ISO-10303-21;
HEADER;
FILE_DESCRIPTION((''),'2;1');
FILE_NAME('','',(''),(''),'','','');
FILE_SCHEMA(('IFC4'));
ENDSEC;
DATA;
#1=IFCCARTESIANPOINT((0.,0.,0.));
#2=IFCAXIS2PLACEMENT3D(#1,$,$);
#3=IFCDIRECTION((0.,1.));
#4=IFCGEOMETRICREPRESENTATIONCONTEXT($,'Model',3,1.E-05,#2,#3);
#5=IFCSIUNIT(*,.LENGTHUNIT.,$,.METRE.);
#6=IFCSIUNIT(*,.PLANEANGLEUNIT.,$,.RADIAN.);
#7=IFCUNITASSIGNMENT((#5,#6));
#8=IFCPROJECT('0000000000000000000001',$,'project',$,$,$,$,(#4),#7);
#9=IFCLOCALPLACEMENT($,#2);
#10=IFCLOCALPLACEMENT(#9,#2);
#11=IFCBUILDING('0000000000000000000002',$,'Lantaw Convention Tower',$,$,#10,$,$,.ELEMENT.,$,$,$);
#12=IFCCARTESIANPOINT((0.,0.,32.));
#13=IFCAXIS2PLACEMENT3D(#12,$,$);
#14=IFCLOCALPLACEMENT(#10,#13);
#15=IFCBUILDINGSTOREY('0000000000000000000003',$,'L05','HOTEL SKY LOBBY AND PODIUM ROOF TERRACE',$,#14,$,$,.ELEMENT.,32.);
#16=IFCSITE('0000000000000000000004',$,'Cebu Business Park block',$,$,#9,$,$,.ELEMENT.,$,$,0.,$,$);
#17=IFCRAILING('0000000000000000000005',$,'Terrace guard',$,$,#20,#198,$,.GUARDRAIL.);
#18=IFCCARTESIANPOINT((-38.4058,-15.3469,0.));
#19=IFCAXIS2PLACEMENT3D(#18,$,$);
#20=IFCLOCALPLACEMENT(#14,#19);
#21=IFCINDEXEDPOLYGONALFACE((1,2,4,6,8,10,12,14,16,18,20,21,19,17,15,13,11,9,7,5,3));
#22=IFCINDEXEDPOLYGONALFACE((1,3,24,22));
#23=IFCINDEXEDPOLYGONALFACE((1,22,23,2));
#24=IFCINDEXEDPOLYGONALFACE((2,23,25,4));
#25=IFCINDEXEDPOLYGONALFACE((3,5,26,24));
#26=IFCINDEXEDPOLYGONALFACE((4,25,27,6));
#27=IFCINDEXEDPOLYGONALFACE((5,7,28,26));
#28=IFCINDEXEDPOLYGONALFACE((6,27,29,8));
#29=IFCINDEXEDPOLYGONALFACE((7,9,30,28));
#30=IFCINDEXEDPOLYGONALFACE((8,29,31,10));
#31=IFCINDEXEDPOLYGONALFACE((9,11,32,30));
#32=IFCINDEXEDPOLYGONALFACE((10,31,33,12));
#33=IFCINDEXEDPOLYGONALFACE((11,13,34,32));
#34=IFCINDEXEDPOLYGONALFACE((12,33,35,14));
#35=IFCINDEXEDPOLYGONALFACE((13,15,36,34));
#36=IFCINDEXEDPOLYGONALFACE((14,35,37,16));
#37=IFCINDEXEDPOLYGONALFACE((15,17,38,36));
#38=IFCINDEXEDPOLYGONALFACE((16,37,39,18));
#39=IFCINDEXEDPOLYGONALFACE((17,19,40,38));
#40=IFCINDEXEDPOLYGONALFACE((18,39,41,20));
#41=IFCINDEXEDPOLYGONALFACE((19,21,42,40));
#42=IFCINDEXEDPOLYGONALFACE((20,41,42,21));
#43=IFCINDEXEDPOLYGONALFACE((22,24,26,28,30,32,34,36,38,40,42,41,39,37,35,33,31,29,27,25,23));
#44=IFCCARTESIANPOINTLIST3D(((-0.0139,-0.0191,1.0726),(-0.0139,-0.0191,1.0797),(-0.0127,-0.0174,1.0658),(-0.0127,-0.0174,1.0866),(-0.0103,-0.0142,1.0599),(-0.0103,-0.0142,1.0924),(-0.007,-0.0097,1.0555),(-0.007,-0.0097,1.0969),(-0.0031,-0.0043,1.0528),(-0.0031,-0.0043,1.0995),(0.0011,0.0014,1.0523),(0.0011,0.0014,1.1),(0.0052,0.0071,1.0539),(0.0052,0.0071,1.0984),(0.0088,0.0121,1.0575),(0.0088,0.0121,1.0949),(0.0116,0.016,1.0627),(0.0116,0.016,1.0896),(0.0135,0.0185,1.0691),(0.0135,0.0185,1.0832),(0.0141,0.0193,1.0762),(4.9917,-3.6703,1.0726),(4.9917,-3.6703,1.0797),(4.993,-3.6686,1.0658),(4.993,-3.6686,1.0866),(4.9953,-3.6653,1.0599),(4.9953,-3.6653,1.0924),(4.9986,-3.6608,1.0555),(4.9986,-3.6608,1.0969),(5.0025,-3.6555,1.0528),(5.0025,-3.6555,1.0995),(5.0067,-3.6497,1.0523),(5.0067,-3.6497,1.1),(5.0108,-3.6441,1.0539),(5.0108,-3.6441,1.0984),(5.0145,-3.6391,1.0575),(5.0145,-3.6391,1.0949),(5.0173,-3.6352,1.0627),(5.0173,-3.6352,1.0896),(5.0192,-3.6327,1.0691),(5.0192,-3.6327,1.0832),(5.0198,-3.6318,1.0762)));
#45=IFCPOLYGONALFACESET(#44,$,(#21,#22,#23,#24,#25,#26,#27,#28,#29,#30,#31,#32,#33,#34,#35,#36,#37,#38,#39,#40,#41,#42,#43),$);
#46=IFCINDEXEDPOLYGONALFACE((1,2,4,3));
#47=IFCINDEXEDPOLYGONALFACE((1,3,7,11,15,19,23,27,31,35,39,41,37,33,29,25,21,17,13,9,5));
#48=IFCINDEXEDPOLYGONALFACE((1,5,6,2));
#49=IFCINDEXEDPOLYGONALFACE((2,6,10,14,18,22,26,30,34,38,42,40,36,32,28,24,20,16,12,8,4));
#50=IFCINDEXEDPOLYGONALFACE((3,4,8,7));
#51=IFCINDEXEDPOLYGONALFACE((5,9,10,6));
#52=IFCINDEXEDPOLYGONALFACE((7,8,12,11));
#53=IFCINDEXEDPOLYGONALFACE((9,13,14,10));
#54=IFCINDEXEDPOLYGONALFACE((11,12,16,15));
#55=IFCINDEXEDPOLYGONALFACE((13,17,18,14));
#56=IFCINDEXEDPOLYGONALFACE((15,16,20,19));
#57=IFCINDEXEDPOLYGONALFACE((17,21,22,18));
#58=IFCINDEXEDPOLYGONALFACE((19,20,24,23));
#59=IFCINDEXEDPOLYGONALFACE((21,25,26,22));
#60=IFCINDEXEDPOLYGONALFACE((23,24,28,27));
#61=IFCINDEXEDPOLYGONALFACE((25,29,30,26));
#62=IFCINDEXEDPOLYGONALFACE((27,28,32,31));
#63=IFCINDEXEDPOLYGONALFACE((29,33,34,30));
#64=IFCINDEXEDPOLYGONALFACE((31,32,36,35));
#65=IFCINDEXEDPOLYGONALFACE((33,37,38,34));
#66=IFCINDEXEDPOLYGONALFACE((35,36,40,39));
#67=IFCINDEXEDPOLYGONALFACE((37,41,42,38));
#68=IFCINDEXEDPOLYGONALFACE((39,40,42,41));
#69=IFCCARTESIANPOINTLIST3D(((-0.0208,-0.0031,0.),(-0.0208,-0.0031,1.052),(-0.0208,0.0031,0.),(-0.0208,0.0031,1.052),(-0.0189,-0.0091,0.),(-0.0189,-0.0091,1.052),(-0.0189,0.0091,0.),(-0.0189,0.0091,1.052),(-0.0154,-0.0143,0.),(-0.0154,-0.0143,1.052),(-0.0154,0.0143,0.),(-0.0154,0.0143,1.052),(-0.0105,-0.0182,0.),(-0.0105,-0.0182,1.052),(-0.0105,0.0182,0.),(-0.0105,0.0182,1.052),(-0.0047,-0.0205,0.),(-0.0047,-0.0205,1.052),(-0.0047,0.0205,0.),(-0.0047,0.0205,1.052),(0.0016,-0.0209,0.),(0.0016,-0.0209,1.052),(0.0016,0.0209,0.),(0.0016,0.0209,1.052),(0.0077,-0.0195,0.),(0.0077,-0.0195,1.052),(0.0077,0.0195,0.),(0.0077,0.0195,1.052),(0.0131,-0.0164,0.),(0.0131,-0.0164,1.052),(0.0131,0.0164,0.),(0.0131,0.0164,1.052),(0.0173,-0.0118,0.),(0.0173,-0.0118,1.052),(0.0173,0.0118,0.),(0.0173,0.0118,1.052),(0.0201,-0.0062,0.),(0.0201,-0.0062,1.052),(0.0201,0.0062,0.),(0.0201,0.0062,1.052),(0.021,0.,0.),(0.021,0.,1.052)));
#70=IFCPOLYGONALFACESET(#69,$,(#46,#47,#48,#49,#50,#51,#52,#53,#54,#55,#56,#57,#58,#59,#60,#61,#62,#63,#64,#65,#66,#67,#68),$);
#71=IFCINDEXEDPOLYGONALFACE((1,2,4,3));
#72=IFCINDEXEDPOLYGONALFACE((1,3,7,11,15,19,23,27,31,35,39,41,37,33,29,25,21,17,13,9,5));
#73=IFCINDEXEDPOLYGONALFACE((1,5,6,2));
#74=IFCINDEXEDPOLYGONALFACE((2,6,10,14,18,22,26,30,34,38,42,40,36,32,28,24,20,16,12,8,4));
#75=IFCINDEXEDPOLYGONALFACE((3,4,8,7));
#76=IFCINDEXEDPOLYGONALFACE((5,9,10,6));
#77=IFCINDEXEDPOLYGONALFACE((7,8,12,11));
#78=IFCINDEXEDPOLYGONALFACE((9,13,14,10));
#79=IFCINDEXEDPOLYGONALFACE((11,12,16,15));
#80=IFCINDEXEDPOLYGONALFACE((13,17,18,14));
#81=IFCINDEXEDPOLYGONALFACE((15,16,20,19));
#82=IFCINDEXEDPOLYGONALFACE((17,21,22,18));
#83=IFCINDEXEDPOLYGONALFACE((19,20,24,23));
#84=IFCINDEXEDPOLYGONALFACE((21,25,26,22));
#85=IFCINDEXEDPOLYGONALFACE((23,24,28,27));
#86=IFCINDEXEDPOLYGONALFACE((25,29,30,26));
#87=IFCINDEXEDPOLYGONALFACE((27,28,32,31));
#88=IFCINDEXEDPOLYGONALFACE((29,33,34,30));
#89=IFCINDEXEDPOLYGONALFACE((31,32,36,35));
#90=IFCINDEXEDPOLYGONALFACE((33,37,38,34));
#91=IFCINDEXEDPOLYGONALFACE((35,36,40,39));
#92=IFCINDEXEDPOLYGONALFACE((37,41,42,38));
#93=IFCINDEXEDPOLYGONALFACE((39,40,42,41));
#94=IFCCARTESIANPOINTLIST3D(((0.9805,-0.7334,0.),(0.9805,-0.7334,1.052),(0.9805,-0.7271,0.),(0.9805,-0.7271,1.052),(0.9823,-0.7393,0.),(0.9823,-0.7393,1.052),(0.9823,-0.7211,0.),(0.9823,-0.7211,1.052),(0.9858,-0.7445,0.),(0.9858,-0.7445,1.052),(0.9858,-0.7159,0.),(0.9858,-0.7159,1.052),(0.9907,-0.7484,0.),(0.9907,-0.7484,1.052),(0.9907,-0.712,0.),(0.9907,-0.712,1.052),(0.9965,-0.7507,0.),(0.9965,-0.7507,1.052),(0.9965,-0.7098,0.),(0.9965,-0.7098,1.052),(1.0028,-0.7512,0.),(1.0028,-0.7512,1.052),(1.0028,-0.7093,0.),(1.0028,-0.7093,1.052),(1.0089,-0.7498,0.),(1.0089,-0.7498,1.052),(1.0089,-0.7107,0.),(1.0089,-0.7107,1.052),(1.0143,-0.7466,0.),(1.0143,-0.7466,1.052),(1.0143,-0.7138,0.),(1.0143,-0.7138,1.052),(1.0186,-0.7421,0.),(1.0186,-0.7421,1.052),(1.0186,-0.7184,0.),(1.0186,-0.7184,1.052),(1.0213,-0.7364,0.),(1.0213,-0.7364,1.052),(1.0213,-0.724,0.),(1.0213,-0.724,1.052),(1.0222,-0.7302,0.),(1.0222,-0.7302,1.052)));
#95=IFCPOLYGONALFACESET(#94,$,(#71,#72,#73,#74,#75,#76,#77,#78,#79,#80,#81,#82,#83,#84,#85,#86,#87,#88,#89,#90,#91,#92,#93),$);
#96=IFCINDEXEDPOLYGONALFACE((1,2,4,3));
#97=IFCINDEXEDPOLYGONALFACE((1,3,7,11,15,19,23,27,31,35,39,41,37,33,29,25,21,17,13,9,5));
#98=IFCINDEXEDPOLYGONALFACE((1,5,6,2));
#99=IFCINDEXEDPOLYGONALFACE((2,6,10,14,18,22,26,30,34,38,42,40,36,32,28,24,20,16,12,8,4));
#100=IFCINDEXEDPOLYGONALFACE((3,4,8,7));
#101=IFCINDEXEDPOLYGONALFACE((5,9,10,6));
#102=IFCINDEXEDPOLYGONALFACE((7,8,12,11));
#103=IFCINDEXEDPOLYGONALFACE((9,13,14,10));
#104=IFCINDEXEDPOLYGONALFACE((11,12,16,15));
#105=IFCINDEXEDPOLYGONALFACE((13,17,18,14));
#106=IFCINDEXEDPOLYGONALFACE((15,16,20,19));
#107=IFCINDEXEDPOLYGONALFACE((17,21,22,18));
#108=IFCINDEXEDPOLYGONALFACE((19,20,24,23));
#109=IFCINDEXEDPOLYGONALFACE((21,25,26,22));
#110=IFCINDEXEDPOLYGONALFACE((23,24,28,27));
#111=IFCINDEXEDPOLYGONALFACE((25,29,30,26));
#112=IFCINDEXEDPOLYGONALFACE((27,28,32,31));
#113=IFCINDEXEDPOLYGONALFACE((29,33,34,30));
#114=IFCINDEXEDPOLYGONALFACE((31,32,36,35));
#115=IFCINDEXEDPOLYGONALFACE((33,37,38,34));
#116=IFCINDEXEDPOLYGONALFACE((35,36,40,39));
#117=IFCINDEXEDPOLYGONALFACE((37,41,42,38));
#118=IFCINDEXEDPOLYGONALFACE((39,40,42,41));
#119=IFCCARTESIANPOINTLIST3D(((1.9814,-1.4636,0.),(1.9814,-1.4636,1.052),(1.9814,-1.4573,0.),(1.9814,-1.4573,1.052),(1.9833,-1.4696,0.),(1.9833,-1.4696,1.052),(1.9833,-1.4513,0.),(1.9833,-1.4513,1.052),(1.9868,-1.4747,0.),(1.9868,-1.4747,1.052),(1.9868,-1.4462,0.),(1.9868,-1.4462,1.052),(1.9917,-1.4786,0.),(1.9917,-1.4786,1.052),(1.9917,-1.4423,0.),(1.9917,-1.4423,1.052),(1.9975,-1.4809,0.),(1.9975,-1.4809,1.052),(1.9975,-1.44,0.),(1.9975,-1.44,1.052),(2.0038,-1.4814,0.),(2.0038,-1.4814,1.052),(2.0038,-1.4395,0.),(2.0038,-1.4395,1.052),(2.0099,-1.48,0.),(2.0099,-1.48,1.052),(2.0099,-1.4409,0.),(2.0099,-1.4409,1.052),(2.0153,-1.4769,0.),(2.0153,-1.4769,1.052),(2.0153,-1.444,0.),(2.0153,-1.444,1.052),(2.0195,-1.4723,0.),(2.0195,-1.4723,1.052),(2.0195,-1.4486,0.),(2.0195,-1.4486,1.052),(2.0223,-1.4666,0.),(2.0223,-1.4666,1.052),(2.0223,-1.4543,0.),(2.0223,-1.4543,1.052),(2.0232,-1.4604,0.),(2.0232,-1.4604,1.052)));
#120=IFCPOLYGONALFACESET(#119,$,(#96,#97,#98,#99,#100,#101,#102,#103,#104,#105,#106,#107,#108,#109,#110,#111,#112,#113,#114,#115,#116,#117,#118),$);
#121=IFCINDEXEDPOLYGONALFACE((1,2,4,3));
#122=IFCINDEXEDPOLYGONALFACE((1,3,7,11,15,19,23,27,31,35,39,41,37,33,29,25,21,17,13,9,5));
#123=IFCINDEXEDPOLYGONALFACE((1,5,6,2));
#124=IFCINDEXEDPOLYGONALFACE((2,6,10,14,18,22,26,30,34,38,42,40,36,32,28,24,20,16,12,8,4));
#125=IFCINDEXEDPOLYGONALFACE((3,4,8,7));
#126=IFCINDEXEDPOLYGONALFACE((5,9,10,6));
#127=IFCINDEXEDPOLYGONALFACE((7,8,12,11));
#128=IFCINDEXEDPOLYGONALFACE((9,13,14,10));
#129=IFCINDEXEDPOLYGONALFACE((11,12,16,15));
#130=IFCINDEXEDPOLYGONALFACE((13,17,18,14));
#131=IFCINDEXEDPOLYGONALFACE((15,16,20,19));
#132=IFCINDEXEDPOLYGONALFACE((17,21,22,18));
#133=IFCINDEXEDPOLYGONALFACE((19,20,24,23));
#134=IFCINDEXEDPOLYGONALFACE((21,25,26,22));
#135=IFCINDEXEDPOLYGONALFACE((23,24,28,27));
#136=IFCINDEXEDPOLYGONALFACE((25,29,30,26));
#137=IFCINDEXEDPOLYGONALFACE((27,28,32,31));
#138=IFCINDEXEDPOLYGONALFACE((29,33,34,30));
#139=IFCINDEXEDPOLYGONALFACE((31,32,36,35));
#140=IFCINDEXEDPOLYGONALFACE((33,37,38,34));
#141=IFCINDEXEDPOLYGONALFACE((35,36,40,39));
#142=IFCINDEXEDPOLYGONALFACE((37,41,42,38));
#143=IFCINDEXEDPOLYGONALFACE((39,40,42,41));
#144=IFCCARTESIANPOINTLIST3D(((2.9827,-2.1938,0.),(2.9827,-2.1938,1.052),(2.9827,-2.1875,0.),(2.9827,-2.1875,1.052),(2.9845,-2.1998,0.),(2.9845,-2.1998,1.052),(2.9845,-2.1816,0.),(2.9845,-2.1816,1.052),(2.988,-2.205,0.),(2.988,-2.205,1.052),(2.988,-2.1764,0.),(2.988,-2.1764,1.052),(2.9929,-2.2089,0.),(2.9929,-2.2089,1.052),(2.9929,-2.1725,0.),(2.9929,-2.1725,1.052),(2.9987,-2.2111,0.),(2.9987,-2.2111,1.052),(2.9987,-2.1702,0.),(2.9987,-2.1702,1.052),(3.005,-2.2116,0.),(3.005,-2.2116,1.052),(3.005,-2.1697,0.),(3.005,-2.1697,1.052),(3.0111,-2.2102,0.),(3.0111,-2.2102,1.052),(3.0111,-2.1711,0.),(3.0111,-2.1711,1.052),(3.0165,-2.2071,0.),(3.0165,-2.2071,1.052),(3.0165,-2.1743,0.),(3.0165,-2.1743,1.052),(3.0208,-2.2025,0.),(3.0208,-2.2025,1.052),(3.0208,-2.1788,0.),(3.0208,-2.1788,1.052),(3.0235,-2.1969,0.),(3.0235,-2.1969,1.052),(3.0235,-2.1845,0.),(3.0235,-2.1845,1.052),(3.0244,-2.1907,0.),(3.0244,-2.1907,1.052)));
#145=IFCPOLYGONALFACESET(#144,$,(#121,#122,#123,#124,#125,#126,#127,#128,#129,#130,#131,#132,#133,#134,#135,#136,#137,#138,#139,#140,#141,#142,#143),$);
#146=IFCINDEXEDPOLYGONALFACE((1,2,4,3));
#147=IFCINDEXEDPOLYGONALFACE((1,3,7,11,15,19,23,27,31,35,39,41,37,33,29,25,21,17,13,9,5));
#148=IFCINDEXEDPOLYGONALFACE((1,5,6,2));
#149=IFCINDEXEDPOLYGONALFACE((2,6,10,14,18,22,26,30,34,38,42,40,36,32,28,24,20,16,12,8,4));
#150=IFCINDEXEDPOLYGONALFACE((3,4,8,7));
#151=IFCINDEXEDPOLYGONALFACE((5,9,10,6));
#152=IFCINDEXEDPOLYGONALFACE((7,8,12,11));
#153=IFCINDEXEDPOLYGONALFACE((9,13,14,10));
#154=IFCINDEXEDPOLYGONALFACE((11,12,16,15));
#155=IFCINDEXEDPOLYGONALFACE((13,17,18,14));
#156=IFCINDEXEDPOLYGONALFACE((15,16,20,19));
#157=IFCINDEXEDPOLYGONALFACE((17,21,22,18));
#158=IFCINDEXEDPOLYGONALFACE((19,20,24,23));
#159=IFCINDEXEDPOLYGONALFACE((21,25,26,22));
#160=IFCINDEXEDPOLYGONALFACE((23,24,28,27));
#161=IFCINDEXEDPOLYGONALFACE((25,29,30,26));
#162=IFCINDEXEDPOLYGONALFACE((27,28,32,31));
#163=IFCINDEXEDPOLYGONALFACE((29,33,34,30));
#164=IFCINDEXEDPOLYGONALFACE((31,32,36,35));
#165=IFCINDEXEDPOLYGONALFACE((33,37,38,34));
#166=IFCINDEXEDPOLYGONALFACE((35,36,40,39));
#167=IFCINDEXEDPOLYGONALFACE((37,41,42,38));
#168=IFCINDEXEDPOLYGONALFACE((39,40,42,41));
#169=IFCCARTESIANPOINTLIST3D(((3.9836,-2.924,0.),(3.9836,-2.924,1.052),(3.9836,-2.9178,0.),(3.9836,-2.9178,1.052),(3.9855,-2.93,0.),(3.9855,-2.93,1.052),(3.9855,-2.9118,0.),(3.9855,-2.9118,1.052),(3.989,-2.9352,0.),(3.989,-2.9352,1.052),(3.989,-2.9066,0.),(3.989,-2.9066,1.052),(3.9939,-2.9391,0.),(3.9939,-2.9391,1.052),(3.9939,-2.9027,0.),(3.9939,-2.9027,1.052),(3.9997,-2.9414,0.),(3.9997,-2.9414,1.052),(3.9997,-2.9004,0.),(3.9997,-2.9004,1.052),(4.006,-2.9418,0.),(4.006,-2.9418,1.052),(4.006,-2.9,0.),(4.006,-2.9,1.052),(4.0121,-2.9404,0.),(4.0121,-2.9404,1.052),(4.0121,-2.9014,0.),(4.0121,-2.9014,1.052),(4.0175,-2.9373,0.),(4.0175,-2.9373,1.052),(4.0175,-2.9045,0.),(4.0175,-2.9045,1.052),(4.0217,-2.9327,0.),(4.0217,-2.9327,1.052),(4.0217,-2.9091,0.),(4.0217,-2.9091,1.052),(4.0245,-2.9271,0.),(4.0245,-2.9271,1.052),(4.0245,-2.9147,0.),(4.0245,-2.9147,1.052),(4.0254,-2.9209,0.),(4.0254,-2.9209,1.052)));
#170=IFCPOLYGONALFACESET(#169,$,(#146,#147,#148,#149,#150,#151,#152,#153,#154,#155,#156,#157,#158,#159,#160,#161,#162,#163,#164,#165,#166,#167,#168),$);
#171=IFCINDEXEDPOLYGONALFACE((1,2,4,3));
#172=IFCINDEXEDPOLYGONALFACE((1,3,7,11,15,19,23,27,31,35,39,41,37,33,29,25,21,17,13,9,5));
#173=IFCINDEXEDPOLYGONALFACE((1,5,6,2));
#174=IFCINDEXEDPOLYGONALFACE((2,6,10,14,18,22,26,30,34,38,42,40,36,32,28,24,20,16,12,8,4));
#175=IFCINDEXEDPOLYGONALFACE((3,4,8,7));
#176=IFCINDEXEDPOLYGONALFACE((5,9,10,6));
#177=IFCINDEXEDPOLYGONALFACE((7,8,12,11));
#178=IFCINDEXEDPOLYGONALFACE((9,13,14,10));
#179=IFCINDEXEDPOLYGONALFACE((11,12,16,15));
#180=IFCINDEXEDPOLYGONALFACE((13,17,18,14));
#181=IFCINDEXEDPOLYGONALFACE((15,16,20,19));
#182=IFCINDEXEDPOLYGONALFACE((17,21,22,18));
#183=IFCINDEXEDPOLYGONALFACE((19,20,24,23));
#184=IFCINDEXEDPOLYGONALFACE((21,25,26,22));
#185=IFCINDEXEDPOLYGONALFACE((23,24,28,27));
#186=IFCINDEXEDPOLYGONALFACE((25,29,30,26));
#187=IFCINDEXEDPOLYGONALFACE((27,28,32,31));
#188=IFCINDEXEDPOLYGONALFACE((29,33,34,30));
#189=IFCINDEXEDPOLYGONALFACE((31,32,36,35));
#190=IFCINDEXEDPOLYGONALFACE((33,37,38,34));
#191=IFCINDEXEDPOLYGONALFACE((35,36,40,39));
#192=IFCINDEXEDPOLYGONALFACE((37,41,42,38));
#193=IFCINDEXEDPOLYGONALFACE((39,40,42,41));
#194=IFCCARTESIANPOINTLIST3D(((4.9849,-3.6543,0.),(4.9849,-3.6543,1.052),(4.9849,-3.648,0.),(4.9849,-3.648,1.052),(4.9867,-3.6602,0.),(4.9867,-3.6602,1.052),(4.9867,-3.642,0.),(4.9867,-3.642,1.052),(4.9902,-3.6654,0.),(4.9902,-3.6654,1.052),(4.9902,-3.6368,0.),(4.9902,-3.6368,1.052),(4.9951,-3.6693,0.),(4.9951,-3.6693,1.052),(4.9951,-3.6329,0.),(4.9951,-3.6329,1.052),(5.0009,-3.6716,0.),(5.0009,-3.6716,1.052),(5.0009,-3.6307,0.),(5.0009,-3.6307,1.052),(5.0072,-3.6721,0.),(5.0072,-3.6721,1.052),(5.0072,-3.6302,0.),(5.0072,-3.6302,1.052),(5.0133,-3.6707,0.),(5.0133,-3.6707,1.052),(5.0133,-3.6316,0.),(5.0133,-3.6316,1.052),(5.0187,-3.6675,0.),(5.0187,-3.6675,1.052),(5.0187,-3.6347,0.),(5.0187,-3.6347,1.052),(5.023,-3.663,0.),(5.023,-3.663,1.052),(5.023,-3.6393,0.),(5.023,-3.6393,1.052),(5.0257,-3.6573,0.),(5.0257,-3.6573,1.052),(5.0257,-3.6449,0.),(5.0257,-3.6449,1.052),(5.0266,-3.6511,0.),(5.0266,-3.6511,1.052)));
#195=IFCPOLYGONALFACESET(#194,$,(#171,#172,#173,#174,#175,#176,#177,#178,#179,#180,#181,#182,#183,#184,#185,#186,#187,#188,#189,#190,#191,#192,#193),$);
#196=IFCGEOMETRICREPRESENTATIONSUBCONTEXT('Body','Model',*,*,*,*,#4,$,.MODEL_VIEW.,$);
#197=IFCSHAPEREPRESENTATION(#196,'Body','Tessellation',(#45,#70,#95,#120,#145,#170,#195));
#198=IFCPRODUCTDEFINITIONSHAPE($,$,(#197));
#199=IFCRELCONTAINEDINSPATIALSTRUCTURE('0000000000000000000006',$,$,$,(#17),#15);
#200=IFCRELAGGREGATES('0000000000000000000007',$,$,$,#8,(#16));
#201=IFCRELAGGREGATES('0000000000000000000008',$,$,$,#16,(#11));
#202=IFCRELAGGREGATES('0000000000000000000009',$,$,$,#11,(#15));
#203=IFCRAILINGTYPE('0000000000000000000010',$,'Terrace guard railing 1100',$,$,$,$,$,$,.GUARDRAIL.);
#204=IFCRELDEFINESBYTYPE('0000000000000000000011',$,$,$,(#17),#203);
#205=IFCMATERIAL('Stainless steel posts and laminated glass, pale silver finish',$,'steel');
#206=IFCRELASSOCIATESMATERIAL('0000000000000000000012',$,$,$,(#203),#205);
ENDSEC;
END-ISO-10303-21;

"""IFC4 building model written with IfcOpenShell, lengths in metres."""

from ifc_helpers import new_model, si_unit, direction, frame, origin, origin_2d, place, context, subcontext, project, spatial, circle, extrude, material, type_object, element, save


model = new_model("IFC4")

# Units and contexts
model_context = context("Model", 3, precision=1e-05, world=origin(), true_north=direction((0.0, 1.0)))
body_context = subcontext(model_context, "Body", "Model", "MODEL_VIEW")
ifc_project = project(units=[si_unit("LENGTHUNIT", "METRE"), si_unit("PLANEANGLEUNIT", "RADIAN")], contexts=[model_context])

# Site, building, storey
site_placement = place(None, origin())
site = spatial("IfcSite", under=ifc_project, at=site_placement, Name="Cebu Business Park block", CompositionType="ELEMENT", RefElevation=0.0)
building_placement = place(site_placement, origin())
building = spatial("IfcBuilding", under=site, at=building_placement, Name="Lantaw Convention Tower", CompositionType="ELEMENT")
storey_placement = place(building_placement, frame((0.0, 0.0, 32.0)))
storey = spatial("IfcBuildingStorey", under=building, at=storey_placement, Name="L05", Description="HOTEL SKY LOBBY AND PODIUM ROOF TERRACE", CompositionType="ELEMENT", Elevation=32.0)

# Railing
ifc_material_1 = material(Name="Stainless steel posts and laminated glass, pale silver finish", Category="steel")
railing_type_1 = type_object("IfcRailingType", Name="Terrace guard railing 1100", PredefinedType="GUARDRAIL", material=ifc_material_1)
railing_1_placement = place(storey_placement, frame((-38.4058, -15.3469, 0.0)))
element("IfcRailing", 1, at=railing_1_placement, inside=storey, type_object=railing_type_1, Name="Terrace guard", PredefinedType="GUARDRAIL", context=body_context, shape_type="SweptSolid", body=[
    extrude(circle(Radius=0.0239, at=origin_2d()), frame((0.0, 0.0, 1.0762), z_axis=(0.807916, -0.589298, 0.0), x_axis=(0.589298, 0.807916, 0.0)), (0.0, 0.0, 1.0), 6.1958),
    extrude(circle(Radius=0.021, at=origin_2d()), origin(), (0.0, 0.0, 1.0), 1.052),
    extrude(circle(Radius=0.021, at=origin_2d()), frame((1.0012, -0.7302, 0.0)), (0.0, 0.0, 1.0), 1.052),
    extrude(circle(Radius=0.021, at=origin_2d()), frame((2.0022, -1.4604, 0.0)), (0.0, 0.0, 1.0), 1.052),
    extrude(circle(Radius=0.021, at=origin_2d()), frame((3.0034, -2.1907, 0.0)), (0.0, 0.0, 1.0), 1.052),
    extrude(circle(Radius=0.021, at=origin_2d()), frame((4.0044, -2.9209, 0.0)), (0.0, 0.0, 1.0), 1.052),
    extrude(circle(Radius=0.021, at=origin_2d()), frame((5.0056, -3.6511, 0.0)), (0.0, 0.0, 1.0), 1.052),
])

save(model, "model.ifc")
